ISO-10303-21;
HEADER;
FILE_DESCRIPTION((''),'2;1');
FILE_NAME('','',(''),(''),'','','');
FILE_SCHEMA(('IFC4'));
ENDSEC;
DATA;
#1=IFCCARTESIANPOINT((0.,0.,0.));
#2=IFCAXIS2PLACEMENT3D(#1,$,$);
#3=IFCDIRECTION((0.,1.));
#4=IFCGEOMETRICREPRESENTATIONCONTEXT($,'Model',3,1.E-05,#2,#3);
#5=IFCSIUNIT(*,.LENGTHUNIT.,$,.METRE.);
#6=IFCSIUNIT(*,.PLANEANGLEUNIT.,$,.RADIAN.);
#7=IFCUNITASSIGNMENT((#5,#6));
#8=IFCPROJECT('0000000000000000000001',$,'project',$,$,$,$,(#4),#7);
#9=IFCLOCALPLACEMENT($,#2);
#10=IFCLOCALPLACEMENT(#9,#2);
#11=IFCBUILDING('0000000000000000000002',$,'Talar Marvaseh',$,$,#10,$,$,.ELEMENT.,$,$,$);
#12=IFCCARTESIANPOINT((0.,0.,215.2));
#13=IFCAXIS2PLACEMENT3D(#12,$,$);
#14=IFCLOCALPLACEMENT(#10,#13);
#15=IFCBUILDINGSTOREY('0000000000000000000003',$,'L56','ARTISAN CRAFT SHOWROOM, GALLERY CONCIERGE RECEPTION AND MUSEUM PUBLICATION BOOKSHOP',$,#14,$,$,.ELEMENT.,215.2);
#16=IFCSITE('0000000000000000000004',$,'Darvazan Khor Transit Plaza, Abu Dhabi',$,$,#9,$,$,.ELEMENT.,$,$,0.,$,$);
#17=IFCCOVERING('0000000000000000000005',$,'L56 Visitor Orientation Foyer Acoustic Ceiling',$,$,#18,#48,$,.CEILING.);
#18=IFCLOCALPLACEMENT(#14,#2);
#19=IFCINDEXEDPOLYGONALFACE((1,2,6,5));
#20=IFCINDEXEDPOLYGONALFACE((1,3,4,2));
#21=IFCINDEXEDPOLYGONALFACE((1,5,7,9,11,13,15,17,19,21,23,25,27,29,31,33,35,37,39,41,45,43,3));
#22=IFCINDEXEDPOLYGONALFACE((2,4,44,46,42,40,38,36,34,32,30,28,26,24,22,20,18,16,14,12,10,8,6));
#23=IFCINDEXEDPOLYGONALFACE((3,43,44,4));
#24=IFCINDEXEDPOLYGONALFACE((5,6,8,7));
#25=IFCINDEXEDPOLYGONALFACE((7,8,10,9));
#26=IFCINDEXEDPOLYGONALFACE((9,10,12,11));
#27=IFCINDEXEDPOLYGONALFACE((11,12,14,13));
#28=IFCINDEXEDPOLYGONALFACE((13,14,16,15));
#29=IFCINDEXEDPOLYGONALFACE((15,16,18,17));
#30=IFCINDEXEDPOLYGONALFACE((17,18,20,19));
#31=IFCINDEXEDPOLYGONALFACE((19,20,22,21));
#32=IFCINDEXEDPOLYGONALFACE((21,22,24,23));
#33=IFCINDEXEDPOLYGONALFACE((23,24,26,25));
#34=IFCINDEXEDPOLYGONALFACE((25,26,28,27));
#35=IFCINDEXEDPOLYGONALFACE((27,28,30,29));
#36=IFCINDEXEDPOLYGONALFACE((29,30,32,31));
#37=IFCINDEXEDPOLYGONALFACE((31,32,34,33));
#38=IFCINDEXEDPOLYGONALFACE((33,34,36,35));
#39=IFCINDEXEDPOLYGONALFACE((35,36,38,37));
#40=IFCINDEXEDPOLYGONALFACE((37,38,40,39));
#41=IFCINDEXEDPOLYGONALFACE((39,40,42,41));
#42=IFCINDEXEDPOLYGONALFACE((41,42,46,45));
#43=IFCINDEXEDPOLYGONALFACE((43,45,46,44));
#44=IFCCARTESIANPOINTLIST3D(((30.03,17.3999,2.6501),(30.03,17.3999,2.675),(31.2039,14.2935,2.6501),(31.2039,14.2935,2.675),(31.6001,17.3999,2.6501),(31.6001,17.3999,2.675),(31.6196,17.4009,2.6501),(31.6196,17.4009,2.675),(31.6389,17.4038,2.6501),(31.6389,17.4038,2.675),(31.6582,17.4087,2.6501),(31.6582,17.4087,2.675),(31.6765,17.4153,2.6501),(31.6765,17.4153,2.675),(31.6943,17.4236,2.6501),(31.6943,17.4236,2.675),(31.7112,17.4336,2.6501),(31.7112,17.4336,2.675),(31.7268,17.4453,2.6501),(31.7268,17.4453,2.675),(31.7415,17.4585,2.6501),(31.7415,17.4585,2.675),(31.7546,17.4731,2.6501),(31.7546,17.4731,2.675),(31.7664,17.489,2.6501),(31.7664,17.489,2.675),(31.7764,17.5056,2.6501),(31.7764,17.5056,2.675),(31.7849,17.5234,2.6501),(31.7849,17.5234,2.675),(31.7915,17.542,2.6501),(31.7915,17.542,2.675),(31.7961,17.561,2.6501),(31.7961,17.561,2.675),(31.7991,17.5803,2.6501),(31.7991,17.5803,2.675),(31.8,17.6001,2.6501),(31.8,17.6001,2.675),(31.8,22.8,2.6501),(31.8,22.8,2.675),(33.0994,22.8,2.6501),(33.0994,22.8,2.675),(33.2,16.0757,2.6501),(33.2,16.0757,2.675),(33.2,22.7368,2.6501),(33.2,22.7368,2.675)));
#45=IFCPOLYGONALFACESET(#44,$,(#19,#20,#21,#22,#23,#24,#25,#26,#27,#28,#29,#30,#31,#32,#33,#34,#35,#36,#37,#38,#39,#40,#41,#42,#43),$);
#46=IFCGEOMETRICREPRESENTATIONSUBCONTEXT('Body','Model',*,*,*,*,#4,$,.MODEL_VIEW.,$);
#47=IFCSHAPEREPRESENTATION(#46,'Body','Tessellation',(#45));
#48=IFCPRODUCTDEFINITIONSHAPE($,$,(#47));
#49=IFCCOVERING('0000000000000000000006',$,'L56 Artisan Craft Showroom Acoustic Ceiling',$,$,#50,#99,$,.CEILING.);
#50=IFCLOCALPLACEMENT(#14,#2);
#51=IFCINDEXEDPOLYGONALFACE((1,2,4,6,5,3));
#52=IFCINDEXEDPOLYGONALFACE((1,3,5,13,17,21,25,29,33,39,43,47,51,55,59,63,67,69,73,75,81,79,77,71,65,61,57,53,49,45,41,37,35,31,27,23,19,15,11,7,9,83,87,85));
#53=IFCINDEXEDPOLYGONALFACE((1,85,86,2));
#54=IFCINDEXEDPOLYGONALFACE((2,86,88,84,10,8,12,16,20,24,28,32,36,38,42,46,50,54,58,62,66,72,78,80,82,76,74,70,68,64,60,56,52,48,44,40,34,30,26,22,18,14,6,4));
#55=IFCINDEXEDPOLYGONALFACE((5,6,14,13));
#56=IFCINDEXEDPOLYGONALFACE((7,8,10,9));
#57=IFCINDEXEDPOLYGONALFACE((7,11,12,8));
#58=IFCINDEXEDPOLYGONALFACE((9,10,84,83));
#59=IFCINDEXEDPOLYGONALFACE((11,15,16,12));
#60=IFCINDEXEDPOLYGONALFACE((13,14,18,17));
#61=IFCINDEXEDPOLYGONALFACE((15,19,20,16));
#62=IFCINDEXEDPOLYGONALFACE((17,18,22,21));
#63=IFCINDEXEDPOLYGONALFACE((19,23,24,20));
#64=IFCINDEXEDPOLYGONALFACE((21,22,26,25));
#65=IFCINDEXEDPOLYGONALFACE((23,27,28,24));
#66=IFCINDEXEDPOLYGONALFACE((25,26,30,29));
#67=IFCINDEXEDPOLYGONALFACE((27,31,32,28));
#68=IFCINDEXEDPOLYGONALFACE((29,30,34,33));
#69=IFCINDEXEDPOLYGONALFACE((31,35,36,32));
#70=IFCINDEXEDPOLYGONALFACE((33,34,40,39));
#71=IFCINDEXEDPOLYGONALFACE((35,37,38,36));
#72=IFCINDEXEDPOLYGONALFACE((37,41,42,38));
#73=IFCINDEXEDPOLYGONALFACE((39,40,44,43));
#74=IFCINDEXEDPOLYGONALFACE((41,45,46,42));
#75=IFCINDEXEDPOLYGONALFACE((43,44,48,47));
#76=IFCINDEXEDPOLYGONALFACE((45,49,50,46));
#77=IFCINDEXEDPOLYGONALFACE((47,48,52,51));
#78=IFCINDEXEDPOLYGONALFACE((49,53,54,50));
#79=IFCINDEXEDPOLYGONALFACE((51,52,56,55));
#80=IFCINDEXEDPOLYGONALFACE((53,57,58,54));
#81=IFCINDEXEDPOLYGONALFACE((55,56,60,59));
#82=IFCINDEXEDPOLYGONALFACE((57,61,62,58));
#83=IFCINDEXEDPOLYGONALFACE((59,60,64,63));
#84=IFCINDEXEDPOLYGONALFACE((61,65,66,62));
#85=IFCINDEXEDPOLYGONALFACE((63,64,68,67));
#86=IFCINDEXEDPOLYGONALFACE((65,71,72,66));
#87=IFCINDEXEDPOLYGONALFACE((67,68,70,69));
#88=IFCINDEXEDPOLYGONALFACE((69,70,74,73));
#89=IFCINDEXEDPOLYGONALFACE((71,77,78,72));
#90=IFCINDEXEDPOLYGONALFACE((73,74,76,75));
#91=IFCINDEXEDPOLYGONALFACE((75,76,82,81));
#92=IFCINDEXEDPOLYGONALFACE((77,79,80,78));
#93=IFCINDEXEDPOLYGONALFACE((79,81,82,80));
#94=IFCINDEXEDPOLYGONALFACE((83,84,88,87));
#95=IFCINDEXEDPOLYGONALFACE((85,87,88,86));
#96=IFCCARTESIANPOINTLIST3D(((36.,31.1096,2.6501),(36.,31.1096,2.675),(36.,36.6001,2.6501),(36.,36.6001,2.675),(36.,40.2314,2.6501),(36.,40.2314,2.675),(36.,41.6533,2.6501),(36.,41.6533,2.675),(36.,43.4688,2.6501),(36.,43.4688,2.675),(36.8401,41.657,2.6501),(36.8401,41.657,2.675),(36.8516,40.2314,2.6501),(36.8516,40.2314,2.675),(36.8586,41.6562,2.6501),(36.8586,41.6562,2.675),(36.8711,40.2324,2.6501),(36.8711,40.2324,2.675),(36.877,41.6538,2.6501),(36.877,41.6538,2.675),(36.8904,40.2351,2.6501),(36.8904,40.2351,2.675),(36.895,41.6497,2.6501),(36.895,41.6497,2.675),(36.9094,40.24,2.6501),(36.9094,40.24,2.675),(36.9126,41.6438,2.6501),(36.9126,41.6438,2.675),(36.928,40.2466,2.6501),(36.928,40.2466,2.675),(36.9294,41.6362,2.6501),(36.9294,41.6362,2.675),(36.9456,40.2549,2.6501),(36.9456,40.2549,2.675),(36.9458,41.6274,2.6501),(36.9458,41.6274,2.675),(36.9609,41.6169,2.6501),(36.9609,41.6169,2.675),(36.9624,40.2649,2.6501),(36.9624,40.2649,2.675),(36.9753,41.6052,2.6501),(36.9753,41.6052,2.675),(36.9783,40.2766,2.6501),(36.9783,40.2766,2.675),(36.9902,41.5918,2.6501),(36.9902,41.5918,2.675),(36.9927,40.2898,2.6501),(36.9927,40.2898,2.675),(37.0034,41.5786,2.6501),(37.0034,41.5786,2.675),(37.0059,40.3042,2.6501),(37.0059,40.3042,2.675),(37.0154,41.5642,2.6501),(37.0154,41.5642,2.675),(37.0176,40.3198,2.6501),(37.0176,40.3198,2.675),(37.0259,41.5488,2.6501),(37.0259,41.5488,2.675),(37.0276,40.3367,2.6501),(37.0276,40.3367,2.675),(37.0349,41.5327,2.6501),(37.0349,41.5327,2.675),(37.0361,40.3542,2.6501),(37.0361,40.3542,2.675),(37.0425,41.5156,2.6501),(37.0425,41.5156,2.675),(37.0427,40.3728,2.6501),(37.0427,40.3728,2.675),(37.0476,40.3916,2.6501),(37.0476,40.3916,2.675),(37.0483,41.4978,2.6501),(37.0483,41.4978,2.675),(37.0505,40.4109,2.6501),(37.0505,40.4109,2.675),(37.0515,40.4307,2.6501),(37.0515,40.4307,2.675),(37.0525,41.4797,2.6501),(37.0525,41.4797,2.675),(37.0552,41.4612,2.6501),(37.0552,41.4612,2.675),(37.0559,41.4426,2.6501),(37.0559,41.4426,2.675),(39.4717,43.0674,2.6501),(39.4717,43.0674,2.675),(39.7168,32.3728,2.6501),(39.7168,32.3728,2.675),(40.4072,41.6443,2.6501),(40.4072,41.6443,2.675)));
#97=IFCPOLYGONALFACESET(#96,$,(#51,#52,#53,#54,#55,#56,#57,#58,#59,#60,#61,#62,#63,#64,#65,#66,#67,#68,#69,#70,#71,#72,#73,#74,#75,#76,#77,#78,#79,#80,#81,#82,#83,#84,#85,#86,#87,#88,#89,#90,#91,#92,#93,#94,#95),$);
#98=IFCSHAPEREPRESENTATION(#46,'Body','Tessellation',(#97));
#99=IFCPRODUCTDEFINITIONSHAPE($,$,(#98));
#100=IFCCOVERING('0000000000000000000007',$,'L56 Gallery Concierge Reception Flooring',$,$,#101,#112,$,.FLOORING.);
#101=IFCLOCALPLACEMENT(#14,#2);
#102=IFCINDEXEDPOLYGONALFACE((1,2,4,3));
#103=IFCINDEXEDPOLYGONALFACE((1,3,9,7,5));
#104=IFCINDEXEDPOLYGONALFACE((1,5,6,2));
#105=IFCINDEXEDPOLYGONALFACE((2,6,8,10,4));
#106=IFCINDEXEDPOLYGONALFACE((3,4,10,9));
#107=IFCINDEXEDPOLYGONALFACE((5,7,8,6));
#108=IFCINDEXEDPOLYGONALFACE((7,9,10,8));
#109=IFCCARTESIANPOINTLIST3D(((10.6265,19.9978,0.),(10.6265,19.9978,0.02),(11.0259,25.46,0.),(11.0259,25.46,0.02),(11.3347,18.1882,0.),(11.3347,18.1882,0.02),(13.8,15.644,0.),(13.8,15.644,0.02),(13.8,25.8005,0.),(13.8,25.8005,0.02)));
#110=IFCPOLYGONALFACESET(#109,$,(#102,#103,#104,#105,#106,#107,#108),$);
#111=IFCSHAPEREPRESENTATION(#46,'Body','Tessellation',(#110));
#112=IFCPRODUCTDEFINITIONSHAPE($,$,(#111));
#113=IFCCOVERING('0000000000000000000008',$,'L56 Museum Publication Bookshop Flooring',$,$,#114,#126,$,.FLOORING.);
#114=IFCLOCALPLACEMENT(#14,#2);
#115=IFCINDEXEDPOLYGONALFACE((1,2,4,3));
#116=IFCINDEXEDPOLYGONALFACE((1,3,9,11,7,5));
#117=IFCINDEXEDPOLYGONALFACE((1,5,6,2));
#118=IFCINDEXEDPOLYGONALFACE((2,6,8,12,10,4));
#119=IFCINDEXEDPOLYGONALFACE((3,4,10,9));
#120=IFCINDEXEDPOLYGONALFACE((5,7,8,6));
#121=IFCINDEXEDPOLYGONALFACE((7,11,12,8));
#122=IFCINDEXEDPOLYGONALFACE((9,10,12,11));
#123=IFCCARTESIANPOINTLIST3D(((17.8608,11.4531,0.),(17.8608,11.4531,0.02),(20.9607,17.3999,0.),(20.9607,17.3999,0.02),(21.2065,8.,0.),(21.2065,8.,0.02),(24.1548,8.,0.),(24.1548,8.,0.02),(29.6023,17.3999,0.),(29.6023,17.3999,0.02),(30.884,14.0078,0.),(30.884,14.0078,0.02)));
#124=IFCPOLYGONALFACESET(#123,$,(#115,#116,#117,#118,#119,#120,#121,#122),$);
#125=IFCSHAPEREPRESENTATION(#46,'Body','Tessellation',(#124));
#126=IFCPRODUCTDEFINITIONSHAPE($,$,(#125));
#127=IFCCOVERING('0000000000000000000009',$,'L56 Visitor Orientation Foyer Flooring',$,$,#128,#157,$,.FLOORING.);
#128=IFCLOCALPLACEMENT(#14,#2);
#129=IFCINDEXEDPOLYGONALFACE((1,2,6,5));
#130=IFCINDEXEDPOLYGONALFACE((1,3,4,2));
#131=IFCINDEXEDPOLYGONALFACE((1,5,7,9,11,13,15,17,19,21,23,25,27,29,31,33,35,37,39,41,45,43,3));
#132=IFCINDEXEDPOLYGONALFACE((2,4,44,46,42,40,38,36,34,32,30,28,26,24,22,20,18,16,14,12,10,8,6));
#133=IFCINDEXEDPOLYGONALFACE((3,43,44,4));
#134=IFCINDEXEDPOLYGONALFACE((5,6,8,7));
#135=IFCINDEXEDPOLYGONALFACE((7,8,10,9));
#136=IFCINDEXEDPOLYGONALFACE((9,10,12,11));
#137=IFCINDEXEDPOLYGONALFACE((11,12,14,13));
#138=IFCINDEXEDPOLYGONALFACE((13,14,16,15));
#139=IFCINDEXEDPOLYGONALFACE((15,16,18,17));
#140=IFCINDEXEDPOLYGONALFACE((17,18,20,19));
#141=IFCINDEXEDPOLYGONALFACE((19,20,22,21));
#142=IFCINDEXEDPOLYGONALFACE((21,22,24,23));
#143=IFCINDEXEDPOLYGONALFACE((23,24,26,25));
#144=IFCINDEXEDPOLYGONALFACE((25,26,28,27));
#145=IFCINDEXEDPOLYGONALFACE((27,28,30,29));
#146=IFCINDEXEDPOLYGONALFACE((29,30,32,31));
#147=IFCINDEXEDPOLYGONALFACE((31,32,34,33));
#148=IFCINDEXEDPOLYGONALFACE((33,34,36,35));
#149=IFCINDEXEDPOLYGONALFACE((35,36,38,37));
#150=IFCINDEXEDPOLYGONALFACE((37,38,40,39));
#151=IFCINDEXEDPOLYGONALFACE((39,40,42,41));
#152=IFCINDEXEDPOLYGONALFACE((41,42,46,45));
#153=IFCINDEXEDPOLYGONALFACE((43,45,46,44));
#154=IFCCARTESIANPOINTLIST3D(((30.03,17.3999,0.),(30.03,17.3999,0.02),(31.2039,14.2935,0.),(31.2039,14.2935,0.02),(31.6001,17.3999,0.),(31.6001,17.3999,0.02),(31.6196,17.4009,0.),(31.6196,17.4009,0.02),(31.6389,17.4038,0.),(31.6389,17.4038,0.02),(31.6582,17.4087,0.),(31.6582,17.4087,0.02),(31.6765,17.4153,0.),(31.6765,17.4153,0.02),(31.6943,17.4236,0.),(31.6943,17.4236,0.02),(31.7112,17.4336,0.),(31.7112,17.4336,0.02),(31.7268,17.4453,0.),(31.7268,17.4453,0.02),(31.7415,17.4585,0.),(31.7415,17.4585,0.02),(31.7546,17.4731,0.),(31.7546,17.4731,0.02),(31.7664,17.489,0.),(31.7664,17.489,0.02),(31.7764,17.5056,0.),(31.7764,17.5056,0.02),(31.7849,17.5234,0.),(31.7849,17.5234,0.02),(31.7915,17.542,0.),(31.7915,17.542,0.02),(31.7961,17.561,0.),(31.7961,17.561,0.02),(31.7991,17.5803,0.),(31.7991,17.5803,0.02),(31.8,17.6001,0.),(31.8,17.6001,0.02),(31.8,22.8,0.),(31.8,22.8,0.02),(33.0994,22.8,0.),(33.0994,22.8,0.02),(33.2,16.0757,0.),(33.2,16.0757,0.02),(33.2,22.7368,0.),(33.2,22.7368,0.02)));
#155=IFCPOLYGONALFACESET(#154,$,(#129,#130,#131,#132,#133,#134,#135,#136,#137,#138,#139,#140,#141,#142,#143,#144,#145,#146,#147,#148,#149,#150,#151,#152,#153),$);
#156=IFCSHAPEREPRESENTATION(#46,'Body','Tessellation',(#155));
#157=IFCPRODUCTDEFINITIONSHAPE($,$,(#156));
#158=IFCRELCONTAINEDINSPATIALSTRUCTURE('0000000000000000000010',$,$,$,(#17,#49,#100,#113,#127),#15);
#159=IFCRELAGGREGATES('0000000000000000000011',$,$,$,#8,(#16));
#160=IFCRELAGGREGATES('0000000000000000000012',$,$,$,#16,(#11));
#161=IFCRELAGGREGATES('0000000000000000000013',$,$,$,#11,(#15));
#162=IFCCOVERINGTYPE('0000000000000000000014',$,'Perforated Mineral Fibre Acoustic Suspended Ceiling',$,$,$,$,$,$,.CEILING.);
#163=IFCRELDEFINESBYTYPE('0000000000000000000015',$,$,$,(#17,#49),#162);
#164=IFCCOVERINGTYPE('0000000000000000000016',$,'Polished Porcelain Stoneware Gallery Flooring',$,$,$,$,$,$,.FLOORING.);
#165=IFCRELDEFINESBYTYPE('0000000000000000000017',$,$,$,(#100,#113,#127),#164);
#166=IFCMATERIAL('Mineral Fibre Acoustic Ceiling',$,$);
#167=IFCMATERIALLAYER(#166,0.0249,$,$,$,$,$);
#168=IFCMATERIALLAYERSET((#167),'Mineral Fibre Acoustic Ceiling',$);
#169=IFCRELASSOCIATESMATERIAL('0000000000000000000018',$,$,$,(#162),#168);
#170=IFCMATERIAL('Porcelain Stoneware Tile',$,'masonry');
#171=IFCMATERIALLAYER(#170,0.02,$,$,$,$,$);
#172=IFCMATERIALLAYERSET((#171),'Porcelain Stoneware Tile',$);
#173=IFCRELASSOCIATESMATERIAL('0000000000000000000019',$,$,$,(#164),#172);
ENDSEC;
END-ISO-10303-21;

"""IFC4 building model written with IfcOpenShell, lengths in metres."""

from ifc_helpers import new_model, si_unit, direction, frame, origin, place, context, subcontext, project, spatial, polyline, outline, extrude, material, layer, layer_set, type_object, element, save


model = new_model("IFC4")

# Units and contexts
model_context = context("Model", 3, precision=1e-05, world=origin(), true_north=direction((0.0, 1.0)))
body_context = subcontext(model_context, "Body", "Model", "MODEL_VIEW")
ifc_project = project(units=[si_unit("LENGTHUNIT", "METRE"), si_unit("PLANEANGLEUNIT", "RADIAN")], contexts=[model_context])

# Site, building, storey
site_placement = place(None, origin())
site = spatial("IfcSite", under=ifc_project, at=site_placement, Name="Darvazan Khor Transit Plaza, Abu Dhabi", CompositionType="ELEMENT", RefElevation=0.0)
building_placement = place(site_placement, origin())
building = spatial("IfcBuilding", under=site, at=building_placement, Name="Talar Marvaseh", CompositionType="ELEMENT")
storey_placement = place(building_placement, frame((0.0, 0.0, 215.2)))
storey = spatial("IfcBuildingStorey", under=building, at=storey_placement, Name="L56", Description="ARTISAN CRAFT SHOWROOM, GALLERY CONCIERGE RECEPTION AND MUSEUM PUBLICATION BOOKSHOP", CompositionType="ELEMENT", Elevation=215.2)

# Coverings
ifc_material_1 = material(Name="Mineral Fibre Acoustic Ceiling")
ifc_layer_1 = layer(ifc_material_1, 0.0249)
ifc_layer_set_1 = layer_set([ifc_layer_1], Name="Mineral Fibre Acoustic Ceiling")
covering_type_1 = type_object("IfcCoveringType", Name="Perforated Mineral Fibre Acoustic Suspended Ceiling", PredefinedType="CEILING", material=ifc_layer_set_1)
covering_1_placement = place(storey_placement, frame((0.0, 0.0, 2.6501)))
element("IfcCovering", 1, at=covering_1_placement, inside=storey, type_object=covering_type_1, Name="L56 Visitor Orientation Foyer Acoustic Ceiling", PredefinedType="CEILING", context=body_context, shape_type="SweptSolid", body=[
    extrude(outline(polyline([(31.6196, 17.4009), (31.6389, 17.4038), (31.6582, 17.4087), (31.6765, 17.4153), (31.6943, 17.4236), (31.7112, 17.4336), (31.7268, 17.4453), (31.7415, 17.4585), (31.7546, 17.4731), (31.7664, 17.489), (31.7764, 17.5056), (31.7849, 17.5234), (31.7915, 17.542), (31.7961, 17.561), (31.7991, 17.5803), (31.8, 17.6001), (31.8, 22.8), (33.0994, 22.8), (33.2, 22.7368), (33.2, 16.0757), (31.2039, 14.2935), (30.03, 17.3999), (31.6001, 17.3999), (31.6196, 17.4009)])), origin(), (0.0, 0.0, 1.0), 0.0249),
])
covering_2_placement = place(storey_placement, frame((0.0, 0.0, 2.6501)))
element("IfcCovering", 2, at=covering_2_placement, inside=storey, type_object=covering_type_1, Name="L56 Artisan Craft Showroom Acoustic Ceiling", PredefinedType="CEILING", context=body_context, shape_type="SweptSolid", body=[
    extrude(outline(polyline([(40.4072, 41.6443), (39.7168, 32.3728), (36.0, 31.1096), (36.0, 36.6001), (36.0, 40.2314), (36.8516, 40.2314), (36.8711, 40.2324), (36.8904, 40.2351), (36.9094, 40.24), (36.928, 40.2466), (36.9456, 40.2549), (36.9624, 40.2649), (36.9783, 40.2766), (36.9927, 40.2898), (37.0059, 40.3042), (37.0176, 40.3198), (37.0276, 40.3367), (37.0361, 40.3542), (37.0427, 40.3728), (37.0476, 40.3916), (37.0505, 40.4109), (37.0515, 40.4307), (37.0559, 41.4426), (37.0552, 41.4612), (37.0525, 41.4797), (37.0483, 41.4978), (37.0425, 41.5156), (37.0349, 41.5327), (37.0259, 41.5488), (37.0154, 41.5642), (37.0034, 41.5786), (36.9902, 41.5918), (36.9753, 41.6052), (36.9609, 41.6169), (36.9458, 41.6274), (36.9294, 41.6362), (36.9126, 41.6438), (36.895, 41.6497), (36.877, 41.6538), (36.8586, 41.6562), (36.8401, 41.657), (36.0, 41.6533), (36.0, 43.4688), (39.4717, 43.0674), (40.4072, 41.6443)])), origin(), (0.0, 0.0, 1.0), 0.0249),
])
ifc_material_2 = material(Name="Porcelain Stoneware Tile", Category="masonry")
ifc_layer_2 = layer(ifc_material_2, 0.02)
ifc_layer_set_2 = layer_set([ifc_layer_2], Name="Porcelain Stoneware Tile")
covering_type_2 = type_object("IfcCoveringType", Name="Polished Porcelain Stoneware Gallery Flooring", PredefinedType="FLOORING", material=ifc_layer_set_2)
covering_3_placement = place(storey_placement, origin())
element("IfcCovering", 3, at=covering_3_placement, inside=storey, type_object=covering_type_2, Name="L56 Gallery Concierge Reception Flooring", PredefinedType="FLOORING", context=body_context, shape_type="SweptSolid", body=[
    extrude(outline(polyline([(13.8, 25.8005), (13.8, 15.644), (11.3347, 18.1882), (10.6265, 19.9978), (11.0259, 25.46), (13.8, 25.8005)])), origin(), (0.0, 0.0, 1.0), 0.02),
])
covering_4_placement = place(storey_placement, origin())
element("IfcCovering", 4, at=covering_4_placement, inside=storey, type_object=covering_type_2, Name="L56 Museum Publication Bookshop Flooring", PredefinedType="FLOORING", context=body_context, shape_type="SweptSolid", body=[
    extrude(outline(polyline([(20.9607, 17.3999), (29.6023, 17.3999), (30.884, 14.0078), (24.1548, 8.0), (21.2065, 8.0), (17.8608, 11.4531), (20.9607, 17.3999)])), origin(), (0.0, 0.0, 1.0), 0.02),
])
covering_5_placement = place(storey_placement, origin())
element("IfcCovering", 5, at=covering_5_placement, inside=storey, type_object=covering_type_2, Name="L56 Visitor Orientation Foyer Flooring", PredefinedType="FLOORING", context=body_context, shape_type="SweptSolid", body=[
    extrude(outline(polyline([(31.6196, 17.4009), (31.6389, 17.4038), (31.6582, 17.4087), (31.6765, 17.4153), (31.6943, 17.4236), (31.7112, 17.4336), (31.7268, 17.4453), (31.7415, 17.4585), (31.7546, 17.4731), (31.7664, 17.489), (31.7764, 17.5056), (31.7849, 17.5234), (31.7915, 17.542), (31.7961, 17.561), (31.7991, 17.5803), (31.8, 17.6001), (31.8, 22.8), (33.0994, 22.8), (33.2, 22.7368), (33.2, 16.0757), (31.2039, 14.2935), (30.03, 17.3999), (31.6001, 17.3999), (31.6196, 17.4009)])), origin(), (0.0, 0.0, 1.0), 0.02),
])

save(model, "model.ifc")
